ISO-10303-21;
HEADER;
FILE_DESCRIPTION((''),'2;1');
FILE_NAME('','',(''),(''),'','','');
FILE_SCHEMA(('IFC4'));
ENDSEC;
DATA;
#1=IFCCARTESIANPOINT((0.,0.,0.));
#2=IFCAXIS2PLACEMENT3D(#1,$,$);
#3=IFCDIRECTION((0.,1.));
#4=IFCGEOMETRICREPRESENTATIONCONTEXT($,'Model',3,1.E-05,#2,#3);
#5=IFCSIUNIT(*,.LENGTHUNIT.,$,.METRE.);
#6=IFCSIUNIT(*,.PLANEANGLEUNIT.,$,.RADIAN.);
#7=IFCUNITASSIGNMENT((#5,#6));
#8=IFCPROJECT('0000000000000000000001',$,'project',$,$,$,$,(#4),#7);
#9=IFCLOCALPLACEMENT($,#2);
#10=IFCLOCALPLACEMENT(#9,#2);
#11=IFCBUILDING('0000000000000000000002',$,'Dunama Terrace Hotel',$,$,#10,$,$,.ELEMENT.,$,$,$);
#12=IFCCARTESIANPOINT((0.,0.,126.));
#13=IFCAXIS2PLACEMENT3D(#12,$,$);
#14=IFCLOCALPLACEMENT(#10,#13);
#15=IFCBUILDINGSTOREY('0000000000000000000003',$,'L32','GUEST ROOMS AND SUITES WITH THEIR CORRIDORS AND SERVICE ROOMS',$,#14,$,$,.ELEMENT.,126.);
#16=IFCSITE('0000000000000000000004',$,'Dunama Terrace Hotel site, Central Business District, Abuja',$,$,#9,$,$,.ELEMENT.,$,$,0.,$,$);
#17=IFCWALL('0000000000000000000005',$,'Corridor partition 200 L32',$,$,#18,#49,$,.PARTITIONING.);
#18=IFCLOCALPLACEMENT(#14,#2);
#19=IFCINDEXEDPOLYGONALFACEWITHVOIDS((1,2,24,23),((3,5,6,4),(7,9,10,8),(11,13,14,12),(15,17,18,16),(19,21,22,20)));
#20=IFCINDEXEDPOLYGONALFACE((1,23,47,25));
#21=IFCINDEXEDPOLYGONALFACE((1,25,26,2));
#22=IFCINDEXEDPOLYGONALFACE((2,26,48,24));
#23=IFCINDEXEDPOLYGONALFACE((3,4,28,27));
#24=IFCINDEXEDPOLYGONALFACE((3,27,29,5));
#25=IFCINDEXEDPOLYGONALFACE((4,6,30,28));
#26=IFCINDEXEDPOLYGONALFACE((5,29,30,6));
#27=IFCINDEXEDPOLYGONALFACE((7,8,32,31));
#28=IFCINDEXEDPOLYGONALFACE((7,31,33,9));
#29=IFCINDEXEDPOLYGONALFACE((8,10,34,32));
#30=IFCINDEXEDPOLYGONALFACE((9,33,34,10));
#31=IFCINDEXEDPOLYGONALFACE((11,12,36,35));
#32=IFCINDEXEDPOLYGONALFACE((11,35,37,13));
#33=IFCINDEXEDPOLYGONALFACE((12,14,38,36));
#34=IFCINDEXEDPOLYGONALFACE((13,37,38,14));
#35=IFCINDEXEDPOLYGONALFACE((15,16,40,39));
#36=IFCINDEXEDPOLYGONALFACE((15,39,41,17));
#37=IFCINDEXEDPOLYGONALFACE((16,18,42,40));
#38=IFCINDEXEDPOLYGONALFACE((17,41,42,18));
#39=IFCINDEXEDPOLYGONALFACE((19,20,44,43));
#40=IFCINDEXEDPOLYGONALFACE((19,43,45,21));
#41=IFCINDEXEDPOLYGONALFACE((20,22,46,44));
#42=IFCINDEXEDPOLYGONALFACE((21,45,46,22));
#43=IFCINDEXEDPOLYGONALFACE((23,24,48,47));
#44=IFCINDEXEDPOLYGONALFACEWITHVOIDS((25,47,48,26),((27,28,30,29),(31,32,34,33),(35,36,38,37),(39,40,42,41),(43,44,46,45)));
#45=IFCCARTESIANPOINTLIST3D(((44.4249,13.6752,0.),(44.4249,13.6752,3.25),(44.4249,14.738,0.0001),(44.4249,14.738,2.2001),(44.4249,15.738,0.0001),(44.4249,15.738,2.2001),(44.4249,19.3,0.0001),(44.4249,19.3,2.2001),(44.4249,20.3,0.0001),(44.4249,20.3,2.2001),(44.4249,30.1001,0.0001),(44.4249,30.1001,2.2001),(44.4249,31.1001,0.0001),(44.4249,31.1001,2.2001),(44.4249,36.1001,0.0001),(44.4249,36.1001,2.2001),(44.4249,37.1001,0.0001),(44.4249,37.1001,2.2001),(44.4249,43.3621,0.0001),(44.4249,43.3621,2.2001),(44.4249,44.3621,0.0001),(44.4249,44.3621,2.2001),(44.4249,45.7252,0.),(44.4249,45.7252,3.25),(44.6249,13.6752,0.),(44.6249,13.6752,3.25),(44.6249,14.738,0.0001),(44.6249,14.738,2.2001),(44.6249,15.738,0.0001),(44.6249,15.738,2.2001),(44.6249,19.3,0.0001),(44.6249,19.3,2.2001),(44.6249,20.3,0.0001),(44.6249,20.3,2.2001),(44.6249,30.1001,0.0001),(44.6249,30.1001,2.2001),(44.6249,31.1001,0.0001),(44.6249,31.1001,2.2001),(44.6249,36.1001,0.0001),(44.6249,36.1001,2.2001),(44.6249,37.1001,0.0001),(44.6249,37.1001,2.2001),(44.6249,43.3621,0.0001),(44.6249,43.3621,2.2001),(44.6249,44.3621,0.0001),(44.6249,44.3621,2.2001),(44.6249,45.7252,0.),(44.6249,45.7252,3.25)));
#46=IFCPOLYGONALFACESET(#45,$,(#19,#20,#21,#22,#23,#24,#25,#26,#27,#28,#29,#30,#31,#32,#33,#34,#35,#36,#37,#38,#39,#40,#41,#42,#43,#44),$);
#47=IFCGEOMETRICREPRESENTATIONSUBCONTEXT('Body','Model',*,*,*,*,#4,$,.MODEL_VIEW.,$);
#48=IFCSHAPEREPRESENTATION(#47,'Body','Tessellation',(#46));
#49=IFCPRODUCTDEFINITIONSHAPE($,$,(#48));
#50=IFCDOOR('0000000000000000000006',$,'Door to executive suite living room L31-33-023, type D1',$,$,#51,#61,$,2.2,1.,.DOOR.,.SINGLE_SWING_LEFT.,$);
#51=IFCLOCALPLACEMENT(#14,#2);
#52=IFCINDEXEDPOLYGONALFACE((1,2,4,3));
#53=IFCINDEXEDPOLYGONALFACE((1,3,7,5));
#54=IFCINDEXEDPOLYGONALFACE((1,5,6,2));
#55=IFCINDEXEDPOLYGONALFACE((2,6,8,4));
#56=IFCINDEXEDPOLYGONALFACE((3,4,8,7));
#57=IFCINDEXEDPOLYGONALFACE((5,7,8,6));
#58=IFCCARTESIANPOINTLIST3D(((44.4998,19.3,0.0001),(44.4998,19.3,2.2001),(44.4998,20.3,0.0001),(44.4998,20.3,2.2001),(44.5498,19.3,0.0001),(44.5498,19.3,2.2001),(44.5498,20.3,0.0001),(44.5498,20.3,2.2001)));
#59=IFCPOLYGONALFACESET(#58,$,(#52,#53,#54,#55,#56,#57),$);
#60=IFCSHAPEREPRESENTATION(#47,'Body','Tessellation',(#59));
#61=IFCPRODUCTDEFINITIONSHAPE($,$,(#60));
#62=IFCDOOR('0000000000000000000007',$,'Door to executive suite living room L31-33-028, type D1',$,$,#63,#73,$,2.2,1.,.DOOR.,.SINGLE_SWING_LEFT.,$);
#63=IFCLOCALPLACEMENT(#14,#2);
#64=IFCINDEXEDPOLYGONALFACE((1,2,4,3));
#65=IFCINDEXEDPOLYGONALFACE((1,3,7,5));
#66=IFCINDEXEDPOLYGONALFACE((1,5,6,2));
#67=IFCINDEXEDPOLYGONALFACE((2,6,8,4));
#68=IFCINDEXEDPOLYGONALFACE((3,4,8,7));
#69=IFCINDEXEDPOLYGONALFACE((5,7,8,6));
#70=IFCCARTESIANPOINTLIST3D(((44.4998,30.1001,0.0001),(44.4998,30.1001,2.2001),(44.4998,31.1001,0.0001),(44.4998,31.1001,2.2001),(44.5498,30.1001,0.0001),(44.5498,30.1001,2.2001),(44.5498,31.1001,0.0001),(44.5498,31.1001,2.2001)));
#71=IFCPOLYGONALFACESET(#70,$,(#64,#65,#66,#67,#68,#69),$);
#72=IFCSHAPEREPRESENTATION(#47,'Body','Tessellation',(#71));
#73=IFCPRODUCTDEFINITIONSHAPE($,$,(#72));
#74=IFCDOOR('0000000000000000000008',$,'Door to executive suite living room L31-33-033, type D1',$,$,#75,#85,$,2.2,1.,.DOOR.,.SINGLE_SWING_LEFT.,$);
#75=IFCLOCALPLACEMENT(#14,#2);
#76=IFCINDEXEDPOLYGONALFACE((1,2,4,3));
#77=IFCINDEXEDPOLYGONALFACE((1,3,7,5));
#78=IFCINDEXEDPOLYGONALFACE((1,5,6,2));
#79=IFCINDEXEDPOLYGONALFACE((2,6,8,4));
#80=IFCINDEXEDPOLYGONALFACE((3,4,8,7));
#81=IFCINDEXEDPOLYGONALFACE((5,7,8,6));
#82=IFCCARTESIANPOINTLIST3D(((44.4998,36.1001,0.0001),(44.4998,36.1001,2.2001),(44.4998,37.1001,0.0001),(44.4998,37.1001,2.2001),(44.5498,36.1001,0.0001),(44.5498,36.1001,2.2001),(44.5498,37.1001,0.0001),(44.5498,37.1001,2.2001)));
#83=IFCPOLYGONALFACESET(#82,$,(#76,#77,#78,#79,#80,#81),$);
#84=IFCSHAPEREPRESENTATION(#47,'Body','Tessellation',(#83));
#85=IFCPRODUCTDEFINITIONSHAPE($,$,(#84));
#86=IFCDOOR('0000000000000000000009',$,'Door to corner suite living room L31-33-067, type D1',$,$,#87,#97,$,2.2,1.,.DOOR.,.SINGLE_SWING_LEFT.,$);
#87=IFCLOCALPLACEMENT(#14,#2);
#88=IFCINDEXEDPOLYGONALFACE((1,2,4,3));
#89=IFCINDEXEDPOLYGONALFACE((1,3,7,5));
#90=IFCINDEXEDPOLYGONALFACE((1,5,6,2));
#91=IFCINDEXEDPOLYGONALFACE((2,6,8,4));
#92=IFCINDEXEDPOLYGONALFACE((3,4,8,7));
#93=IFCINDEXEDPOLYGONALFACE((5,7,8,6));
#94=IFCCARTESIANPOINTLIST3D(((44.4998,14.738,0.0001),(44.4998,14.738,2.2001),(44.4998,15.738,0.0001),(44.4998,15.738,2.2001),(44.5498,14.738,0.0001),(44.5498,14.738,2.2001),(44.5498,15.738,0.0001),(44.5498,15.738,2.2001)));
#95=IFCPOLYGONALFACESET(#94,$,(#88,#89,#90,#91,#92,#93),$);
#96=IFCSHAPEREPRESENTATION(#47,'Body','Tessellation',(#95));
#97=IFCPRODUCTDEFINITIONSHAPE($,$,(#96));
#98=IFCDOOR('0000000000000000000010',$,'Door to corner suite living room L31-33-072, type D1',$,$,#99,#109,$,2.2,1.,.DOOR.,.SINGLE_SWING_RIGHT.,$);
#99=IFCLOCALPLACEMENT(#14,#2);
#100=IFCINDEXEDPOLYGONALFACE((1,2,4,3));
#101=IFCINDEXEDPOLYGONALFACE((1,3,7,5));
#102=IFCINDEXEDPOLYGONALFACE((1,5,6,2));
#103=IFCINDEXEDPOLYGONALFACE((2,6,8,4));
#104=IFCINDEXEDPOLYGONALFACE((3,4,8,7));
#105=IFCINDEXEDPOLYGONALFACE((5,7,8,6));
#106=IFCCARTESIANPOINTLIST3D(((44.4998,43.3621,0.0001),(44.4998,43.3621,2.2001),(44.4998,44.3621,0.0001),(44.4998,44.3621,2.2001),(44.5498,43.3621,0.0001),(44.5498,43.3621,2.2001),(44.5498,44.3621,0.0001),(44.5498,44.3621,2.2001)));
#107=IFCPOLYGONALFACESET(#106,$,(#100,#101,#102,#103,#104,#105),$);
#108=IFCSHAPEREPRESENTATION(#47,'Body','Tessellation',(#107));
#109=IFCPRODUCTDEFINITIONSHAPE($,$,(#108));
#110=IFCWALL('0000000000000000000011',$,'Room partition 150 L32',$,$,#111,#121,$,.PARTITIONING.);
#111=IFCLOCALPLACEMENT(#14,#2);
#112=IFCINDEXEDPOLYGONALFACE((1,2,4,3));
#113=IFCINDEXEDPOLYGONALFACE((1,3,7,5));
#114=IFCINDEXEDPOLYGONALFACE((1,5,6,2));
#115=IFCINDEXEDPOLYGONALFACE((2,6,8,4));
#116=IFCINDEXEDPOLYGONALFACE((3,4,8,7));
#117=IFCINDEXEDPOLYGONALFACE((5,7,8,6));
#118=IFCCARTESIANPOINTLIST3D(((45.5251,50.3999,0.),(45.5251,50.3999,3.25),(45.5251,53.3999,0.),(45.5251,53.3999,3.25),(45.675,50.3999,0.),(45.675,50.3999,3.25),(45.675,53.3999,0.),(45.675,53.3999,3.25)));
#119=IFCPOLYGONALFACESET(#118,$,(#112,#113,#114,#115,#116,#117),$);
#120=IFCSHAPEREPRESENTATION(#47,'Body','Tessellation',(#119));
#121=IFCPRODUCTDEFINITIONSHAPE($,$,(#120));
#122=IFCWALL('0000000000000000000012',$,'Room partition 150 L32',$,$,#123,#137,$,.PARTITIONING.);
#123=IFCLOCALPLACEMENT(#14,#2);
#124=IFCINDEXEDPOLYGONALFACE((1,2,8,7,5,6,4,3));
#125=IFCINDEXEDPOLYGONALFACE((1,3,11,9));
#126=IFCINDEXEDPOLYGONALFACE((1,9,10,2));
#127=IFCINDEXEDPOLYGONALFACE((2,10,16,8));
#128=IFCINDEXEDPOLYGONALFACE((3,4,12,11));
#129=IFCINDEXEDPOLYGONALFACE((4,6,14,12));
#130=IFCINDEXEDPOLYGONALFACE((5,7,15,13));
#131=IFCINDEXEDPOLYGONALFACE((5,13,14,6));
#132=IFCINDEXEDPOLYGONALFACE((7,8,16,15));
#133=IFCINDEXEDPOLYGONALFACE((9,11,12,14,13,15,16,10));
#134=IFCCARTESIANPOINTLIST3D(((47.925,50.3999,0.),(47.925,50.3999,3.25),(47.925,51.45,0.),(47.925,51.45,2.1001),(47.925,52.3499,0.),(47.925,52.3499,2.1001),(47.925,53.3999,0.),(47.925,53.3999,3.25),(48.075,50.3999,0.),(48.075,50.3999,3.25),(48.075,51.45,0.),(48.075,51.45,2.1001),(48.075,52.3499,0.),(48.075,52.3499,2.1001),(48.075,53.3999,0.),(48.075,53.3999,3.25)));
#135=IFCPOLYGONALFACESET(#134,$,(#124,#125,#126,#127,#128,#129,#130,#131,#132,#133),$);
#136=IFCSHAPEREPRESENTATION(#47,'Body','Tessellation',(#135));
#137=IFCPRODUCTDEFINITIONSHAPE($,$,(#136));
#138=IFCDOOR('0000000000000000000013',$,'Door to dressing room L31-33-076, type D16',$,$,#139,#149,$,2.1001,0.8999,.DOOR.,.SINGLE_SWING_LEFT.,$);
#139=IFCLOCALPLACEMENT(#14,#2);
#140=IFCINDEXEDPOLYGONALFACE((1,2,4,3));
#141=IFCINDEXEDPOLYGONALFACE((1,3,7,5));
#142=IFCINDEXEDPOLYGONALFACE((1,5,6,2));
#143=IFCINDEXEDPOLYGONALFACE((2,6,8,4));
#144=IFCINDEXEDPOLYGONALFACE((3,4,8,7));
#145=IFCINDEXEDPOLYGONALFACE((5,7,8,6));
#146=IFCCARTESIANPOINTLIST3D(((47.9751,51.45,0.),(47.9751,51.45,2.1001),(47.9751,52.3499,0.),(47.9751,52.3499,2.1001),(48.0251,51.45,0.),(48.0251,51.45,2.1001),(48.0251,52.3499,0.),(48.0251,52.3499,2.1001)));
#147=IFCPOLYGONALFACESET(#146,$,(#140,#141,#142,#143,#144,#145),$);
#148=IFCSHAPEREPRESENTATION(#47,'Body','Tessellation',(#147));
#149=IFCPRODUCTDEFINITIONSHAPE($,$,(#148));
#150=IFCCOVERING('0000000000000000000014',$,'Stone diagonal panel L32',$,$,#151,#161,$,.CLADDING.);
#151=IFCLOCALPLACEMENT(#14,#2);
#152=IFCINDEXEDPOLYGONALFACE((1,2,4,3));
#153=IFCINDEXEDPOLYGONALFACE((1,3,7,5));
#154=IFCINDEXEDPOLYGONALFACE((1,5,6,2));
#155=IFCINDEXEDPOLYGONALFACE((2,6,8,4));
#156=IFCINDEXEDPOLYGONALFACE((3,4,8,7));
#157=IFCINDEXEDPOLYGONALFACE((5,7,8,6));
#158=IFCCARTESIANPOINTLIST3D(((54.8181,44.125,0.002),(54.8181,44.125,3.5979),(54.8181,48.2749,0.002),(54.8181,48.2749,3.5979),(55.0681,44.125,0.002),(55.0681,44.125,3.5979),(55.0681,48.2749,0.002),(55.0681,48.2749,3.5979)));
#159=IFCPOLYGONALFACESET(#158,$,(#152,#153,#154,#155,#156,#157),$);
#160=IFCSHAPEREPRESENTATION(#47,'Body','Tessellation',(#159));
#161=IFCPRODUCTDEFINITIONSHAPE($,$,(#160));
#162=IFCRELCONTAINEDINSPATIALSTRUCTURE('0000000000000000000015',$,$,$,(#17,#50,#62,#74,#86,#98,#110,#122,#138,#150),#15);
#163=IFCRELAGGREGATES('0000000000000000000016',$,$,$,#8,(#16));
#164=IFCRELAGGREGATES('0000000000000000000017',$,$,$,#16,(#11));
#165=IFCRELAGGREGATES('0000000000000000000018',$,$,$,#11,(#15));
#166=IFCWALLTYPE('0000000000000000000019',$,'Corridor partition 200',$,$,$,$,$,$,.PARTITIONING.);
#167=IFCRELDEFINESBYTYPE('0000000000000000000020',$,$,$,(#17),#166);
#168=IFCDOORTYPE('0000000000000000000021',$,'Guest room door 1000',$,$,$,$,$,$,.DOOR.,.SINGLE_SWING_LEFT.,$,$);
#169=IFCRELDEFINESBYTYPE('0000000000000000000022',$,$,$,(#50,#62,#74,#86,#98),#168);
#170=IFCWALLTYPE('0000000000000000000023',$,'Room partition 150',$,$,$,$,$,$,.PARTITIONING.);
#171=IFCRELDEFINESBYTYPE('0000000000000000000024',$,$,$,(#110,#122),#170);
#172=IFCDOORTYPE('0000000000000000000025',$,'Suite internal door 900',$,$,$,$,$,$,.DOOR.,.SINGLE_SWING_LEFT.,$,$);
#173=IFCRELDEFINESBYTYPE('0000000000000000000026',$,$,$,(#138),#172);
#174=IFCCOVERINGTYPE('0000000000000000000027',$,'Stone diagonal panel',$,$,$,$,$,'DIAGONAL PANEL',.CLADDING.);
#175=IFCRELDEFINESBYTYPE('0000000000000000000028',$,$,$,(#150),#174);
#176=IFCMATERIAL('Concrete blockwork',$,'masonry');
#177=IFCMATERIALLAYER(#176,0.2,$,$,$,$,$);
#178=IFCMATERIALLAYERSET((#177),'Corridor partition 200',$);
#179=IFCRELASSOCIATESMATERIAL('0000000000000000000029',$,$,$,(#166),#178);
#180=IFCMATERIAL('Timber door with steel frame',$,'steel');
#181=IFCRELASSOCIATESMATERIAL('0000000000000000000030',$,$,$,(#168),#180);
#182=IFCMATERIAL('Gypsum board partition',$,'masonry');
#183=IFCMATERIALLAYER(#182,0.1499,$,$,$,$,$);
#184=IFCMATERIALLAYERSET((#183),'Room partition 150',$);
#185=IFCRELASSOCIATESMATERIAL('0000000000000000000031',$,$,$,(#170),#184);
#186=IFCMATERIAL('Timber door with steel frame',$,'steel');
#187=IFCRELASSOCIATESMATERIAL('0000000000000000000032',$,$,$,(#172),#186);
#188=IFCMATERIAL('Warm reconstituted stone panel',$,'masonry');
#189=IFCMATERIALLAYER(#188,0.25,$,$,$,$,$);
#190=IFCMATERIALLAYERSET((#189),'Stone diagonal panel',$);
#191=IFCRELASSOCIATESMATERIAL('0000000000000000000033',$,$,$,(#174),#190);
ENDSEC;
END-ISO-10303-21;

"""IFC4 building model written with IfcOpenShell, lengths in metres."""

from ifc_helpers import new_model, si_unit, direction, frame, frame_2d, origin, origin_2d, place, context, subcontext, project, spatial, rectangle, extrude, material, layer, layer_set, type_object, element, fill, save


model = new_model("IFC4")

# Units and contexts
model_context = context("Model", 3, precision=1e-05, world=origin(), true_north=direction((0.0, 1.0)))
body_context = subcontext(model_context, "Body", "Model", "MODEL_VIEW")
ifc_project = project(units=[si_unit("LENGTHUNIT", "METRE"), si_unit("PLANEANGLEUNIT", "RADIAN")], contexts=[model_context])

# Site, building, storey
site_placement = place(None, origin())
site = spatial("IfcSite", under=ifc_project, at=site_placement, Name="Dunama Terrace Hotel site, Central Business District, Abuja", CompositionType="ELEMENT", RefElevation=0.0)
building_placement = place(site_placement, origin())
building = spatial("IfcBuilding", under=site, at=building_placement, Name="Dunama Terrace Hotel", CompositionType="ELEMENT")
storey_placement = place(building_placement, frame((0.0, 0.0, 126.0)))
storey = spatial("IfcBuildingStorey", under=building, at=storey_placement, Name="L32", Description="GUEST ROOMS AND SUITES WITH THEIR CORRIDORS AND SERVICE ROOMS", CompositionType="ELEMENT", Elevation=126.0)

# Wall, openings, doors
ifc_material_1 = material(Name="Concrete blockwork", Category="masonry")
ifc_layer_1 = layer(ifc_material_1, 0.2)
ifc_layer_set_1 = layer_set([ifc_layer_1], Name="Corridor partition 200")
wall_type_1 = type_object("IfcWallType", Name="Corridor partition 200", PredefinedType="PARTITIONING", material=ifc_layer_set_1)
wall_1_placement = place(storey_placement, frame((44.5249, 45.7251, 0.0), z_axis=(0.0, 0.0, 1.0), x_axis=(0.0, -1.0, 0.0)))
wall_1 = element("IfcWall", 1, at=wall_1_placement, inside=storey, type_object=wall_type_1, Name="Corridor partition 200 L32", PredefinedType="PARTITIONING", context=body_context, shape_type="SweptSolid", body=[
    extrude(rectangle(XDim=32.05, YDim=0.2, at=frame_2d((16.0249, 0.0))), origin(), (0.0, 0.0, 1.0), 3.25),
])
opening_1_placement = place(wall_1_placement, frame((25.425, 0.0, 0.0)))
opening_1 = element("IfcOpeningElement", 2, at=opening_1_placement, cuts=wall_1, PredefinedType="OPENING", context=body_context, shape_type="SweptSolid", body=[
    extrude(rectangle(XDim=1.0, YDim=2.2, at=frame_2d((0.5, 1.1001))), frame((0.0, 0.1099, 0.0), z_axis=(0.0, -1.0, 0.0), x_axis=(1.0, 0.0, 0.0)), (0.0, 0.0, 1.0), 0.22),
])
opening_2_placement = place(wall_1_placement, frame((14.625, 0.0, 0.0)))
opening_2 = element("IfcOpeningElement", 3, at=opening_2_placement, cuts=wall_1, PredefinedType="OPENING", context=body_context, shape_type="SweptSolid", body=[
    extrude(rectangle(XDim=1.0, YDim=2.2, at=frame_2d((0.5, 1.1001))), frame((0.0, 0.1099, 0.0), z_axis=(0.0, -1.0, 0.0), x_axis=(1.0, 0.0, 0.0)), (0.0, 0.0, 1.0), 0.22),
])
opening_3_placement = place(wall_1_placement, frame((8.625, 0.0, 0.0)))
opening_3 = element("IfcOpeningElement", 4, at=opening_3_placement, cuts=wall_1, PredefinedType="OPENING", context=body_context, shape_type="SweptSolid", body=[
    extrude(rectangle(XDim=1.0, YDim=2.2, at=frame_2d((0.5, 1.1001))), frame((0.0, 0.1099, 0.0), z_axis=(0.0, -1.0, 0.0), x_axis=(1.0, 0.0, 0.0)), (0.0, 0.0, 1.0), 0.22),
])
opening_4_placement = place(wall_1_placement, frame((29.9871, 0.0, 0.0)))
opening_4 = element("IfcOpeningElement", 5, at=opening_4_placement, cuts=wall_1, PredefinedType="OPENING", context=body_context, shape_type="SweptSolid", body=[
    extrude(rectangle(XDim=1.0, YDim=2.2, at=frame_2d((0.5, 1.1001))), frame((0.0, 0.1099, 0.0), z_axis=(0.0, -1.0, 0.0), x_axis=(1.0, 0.0, 0.0)), (0.0, 0.0, 1.0), 0.22),
])
opening_5_placement = place(wall_1_placement, frame((1.363, 0.0, 0.0)))
opening_5 = element("IfcOpeningElement", 6, at=opening_5_placement, cuts=wall_1, PredefinedType="OPENING", context=body_context, shape_type="SweptSolid", body=[
    extrude(rectangle(XDim=1.0, YDim=2.2, at=frame_2d((0.5, 1.1001))), frame((0.0, 0.1099, 0.0), z_axis=(0.0, -1.0, 0.0), x_axis=(1.0, 0.0, 0.0)), (0.0, 0.0, 1.0), 0.22),
])
ifc_material_2 = material(Name="Timber door with steel frame", Category="steel")
door_type_1 = type_object("IfcDoorType", Name="Guest room door 1000", OperationType="SINGLE_SWING_LEFT", PredefinedType="DOOR", material=ifc_material_2)
door_1_placement = place(opening_1_placement, origin())
door_1 = element("IfcDoor", 7, at=door_1_placement, inside=storey, type_object=door_type_1, Name="Door to executive suite living room L31-33-023, type D1", OperationType="SINGLE_SWING_LEFT", OverallHeight=2.2, OverallWidth=1.0, PredefinedType="DOOR", context=body_context, shape_type="SweptSolid", body=[
    extrude(rectangle(XDim=1.0, YDim=2.2, at=frame_2d((0.5, 1.1001))), frame((0.0, 0.0249, 0.0), z_axis=(0.0, -1.0, 0.0), x_axis=(1.0, 0.0, 0.0)), (0.0, 0.0, 1.0), 0.05),
])
fill(opening_1, door_1)
door_2_placement = place(opening_2_placement, origin())
door_2 = element("IfcDoor", 8, at=door_2_placement, inside=storey, type_object=door_type_1, Name="Door to executive suite living room L31-33-028, type D1", OperationType="SINGLE_SWING_LEFT", OverallHeight=2.2, OverallWidth=1.0, PredefinedType="DOOR", context=body_context, shape_type="SweptSolid", body=[
    extrude(rectangle(XDim=1.0, YDim=2.2, at=frame_2d((0.5, 1.1001))), frame((0.0, 0.0249, 0.0), z_axis=(0.0, -1.0, 0.0), x_axis=(1.0, 0.0, 0.0)), (0.0, 0.0, 1.0), 0.05),
])
fill(opening_2, door_2)
door_3_placement = place(opening_3_placement, origin())
door_3 = element("IfcDoor", 9, at=door_3_placement, inside=storey, type_object=door_type_1, Name="Door to executive suite living room L31-33-033, type D1", OperationType="SINGLE_SWING_LEFT", OverallHeight=2.2, OverallWidth=1.0, PredefinedType="DOOR", context=body_context, shape_type="SweptSolid", body=[
    extrude(rectangle(XDim=1.0, YDim=2.2, at=frame_2d((0.5, 1.1001))), frame((0.0, 0.0249, 0.0), z_axis=(0.0, -1.0, 0.0), x_axis=(1.0, 0.0, 0.0)), (0.0, 0.0, 1.0), 0.05),
])
fill(opening_3, door_3)
door_4_placement = place(opening_4_placement, origin())
door_4 = element("IfcDoor", 10, at=door_4_placement, inside=storey, type_object=door_type_1, Name="Door to corner suite living room L31-33-067, type D1", OperationType="SINGLE_SWING_LEFT", OverallHeight=2.2, OverallWidth=1.0, PredefinedType="DOOR", context=body_context, shape_type="SweptSolid", body=[
    extrude(rectangle(XDim=1.0, YDim=2.2, at=frame_2d((0.5, 1.1001))), frame((0.0, 0.0249, 0.0), z_axis=(0.0, -1.0, 0.0), x_axis=(1.0, 0.0, 0.0)), (0.0, 0.0, 1.0), 0.05),
])
fill(opening_4, door_4)
door_5_placement = place(opening_5_placement, origin())
door_5 = element("IfcDoor", 11, at=door_5_placement, inside=storey, type_object=door_type_1, Name="Door to corner suite living room L31-33-072, type D1", OperationType="SINGLE_SWING_RIGHT", OverallHeight=2.2, OverallWidth=1.0, PredefinedType="DOOR", context=body_context, shape_type="SweptSolid", body=[
    extrude(rectangle(XDim=1.0, YDim=2.2, at=frame_2d((0.5, 1.1001))), frame((0.0, 0.0249, 0.0), z_axis=(0.0, -1.0, 0.0), x_axis=(1.0, 0.0, 0.0)), (0.0, 0.0, 1.0), 0.05),
])
fill(opening_5, door_5)

# Wall
ifc_material_3 = material(Name="Gypsum board partition", Category="masonry")
ifc_layer_2 = layer(ifc_material_3, 0.1499)
ifc_layer_set_2 = layer_set([ifc_layer_2], Name="Room partition 150")
wall_type_2 = type_object("IfcWallType", Name="Room partition 150", PredefinedType="PARTITIONING", material=ifc_layer_set_2)
wall_2_placement = place(storey_placement, frame((45.6001, 50.3999, 0.0), z_axis=(0.0, 0.0, 1.0), x_axis=(0.0, 1.0, 0.0)))
element("IfcWall", 12, at=wall_2_placement, inside=storey, type_object=wall_type_2, Name="Room partition 150 L32", PredefinedType="PARTITIONING", context=body_context, shape_type="SweptSolid", body=[
    extrude(rectangle(XDim=3.0, YDim=0.1499, at=frame_2d((1.5, 0.0))), origin(), (0.0, 0.0, 1.0), 3.25),
])

# Wall, opening, door
wall_3_placement = place(storey_placement, frame((48.0, 50.3999, 0.0), z_axis=(0.0, 0.0, 1.0), x_axis=(0.0, 1.0, 0.0)))
wall_3 = element("IfcWall", 13, at=wall_3_placement, inside=storey, type_object=wall_type_2, Name="Room partition 150 L32", PredefinedType="PARTITIONING", context=body_context, shape_type="SweptSolid", body=[
    extrude(rectangle(XDim=3.0, YDim=0.1499, at=frame_2d((1.5, 0.0))), origin(), (0.0, 0.0, 1.0), 3.25),
])
opening_6_placement = place(wall_3_placement, frame((1.05, 0.0, 0.0)))
opening_6 = element("IfcOpeningElement", 14, at=opening_6_placement, cuts=wall_3, PredefinedType="OPENING", context=body_context, shape_type="SweptSolid", body=[
    extrude(rectangle(XDim=0.8999, YDim=2.1001, at=frame_2d((0.45, 1.05))), frame((0.0, 0.085, 0.0), z_axis=(0.0, -1.0, 0.0), x_axis=(1.0, 0.0, 0.0)), (0.0, 0.0, 1.0), 0.1699),
])
ifc_material_4 = material(Name="Timber door with steel frame", Category="steel")
door_type_2 = type_object("IfcDoorType", Name="Suite internal door 900", OperationType="SINGLE_SWING_LEFT", PredefinedType="DOOR", material=ifc_material_4)
door_6_placement = place(opening_6_placement, origin())
door_6 = element("IfcDoor", 15, at=door_6_placement, inside=storey, type_object=door_type_2, Name="Door to dressing room L31-33-076, type D16", OperationType="SINGLE_SWING_LEFT", OverallHeight=2.1001, OverallWidth=0.8999, PredefinedType="DOOR", context=body_context, shape_type="SweptSolid", body=[
    extrude(rectangle(XDim=0.8999, YDim=2.1001, at=frame_2d((0.45, 1.05))), frame((0.0, 0.0249, 0.0), z_axis=(0.0, -1.0, 0.0), x_axis=(1.0, 0.0, 0.0)), (0.0, 0.0, 1.0), 0.05),
])
fill(opening_6, door_6)

# Covering
ifc_material_5 = material(Name="Warm reconstituted stone panel", Category="masonry")
ifc_layer_3 = layer(ifc_material_5, 0.25)
ifc_layer_set_3 = layer_set([ifc_layer_3], Name="Stone diagonal panel")
covering_type = type_object("IfcCoveringType", Name="Stone diagonal panel", ElementType="DIAGONAL PANEL", PredefinedType="CLADDING", material=ifc_layer_set_3)
covering_placement = place(storey_placement, frame((54.9431, 46.2, 0.002), z_axis=(0.0, 0.0, 1.0), x_axis=(0.0, 1.0, 0.0)))
element("IfcCovering", 16, at=covering_placement, inside=storey, type_object=covering_type, Name="Stone diagonal panel L32", PredefinedType="CLADDING", context=body_context, shape_type="SweptSolid", body=[
    extrude(rectangle(XDim=4.1499, YDim=0.25, at=origin_2d()), origin(), (0.0, 0.0, 1.0), 3.5959),
])

save(model, "model.ifc")
